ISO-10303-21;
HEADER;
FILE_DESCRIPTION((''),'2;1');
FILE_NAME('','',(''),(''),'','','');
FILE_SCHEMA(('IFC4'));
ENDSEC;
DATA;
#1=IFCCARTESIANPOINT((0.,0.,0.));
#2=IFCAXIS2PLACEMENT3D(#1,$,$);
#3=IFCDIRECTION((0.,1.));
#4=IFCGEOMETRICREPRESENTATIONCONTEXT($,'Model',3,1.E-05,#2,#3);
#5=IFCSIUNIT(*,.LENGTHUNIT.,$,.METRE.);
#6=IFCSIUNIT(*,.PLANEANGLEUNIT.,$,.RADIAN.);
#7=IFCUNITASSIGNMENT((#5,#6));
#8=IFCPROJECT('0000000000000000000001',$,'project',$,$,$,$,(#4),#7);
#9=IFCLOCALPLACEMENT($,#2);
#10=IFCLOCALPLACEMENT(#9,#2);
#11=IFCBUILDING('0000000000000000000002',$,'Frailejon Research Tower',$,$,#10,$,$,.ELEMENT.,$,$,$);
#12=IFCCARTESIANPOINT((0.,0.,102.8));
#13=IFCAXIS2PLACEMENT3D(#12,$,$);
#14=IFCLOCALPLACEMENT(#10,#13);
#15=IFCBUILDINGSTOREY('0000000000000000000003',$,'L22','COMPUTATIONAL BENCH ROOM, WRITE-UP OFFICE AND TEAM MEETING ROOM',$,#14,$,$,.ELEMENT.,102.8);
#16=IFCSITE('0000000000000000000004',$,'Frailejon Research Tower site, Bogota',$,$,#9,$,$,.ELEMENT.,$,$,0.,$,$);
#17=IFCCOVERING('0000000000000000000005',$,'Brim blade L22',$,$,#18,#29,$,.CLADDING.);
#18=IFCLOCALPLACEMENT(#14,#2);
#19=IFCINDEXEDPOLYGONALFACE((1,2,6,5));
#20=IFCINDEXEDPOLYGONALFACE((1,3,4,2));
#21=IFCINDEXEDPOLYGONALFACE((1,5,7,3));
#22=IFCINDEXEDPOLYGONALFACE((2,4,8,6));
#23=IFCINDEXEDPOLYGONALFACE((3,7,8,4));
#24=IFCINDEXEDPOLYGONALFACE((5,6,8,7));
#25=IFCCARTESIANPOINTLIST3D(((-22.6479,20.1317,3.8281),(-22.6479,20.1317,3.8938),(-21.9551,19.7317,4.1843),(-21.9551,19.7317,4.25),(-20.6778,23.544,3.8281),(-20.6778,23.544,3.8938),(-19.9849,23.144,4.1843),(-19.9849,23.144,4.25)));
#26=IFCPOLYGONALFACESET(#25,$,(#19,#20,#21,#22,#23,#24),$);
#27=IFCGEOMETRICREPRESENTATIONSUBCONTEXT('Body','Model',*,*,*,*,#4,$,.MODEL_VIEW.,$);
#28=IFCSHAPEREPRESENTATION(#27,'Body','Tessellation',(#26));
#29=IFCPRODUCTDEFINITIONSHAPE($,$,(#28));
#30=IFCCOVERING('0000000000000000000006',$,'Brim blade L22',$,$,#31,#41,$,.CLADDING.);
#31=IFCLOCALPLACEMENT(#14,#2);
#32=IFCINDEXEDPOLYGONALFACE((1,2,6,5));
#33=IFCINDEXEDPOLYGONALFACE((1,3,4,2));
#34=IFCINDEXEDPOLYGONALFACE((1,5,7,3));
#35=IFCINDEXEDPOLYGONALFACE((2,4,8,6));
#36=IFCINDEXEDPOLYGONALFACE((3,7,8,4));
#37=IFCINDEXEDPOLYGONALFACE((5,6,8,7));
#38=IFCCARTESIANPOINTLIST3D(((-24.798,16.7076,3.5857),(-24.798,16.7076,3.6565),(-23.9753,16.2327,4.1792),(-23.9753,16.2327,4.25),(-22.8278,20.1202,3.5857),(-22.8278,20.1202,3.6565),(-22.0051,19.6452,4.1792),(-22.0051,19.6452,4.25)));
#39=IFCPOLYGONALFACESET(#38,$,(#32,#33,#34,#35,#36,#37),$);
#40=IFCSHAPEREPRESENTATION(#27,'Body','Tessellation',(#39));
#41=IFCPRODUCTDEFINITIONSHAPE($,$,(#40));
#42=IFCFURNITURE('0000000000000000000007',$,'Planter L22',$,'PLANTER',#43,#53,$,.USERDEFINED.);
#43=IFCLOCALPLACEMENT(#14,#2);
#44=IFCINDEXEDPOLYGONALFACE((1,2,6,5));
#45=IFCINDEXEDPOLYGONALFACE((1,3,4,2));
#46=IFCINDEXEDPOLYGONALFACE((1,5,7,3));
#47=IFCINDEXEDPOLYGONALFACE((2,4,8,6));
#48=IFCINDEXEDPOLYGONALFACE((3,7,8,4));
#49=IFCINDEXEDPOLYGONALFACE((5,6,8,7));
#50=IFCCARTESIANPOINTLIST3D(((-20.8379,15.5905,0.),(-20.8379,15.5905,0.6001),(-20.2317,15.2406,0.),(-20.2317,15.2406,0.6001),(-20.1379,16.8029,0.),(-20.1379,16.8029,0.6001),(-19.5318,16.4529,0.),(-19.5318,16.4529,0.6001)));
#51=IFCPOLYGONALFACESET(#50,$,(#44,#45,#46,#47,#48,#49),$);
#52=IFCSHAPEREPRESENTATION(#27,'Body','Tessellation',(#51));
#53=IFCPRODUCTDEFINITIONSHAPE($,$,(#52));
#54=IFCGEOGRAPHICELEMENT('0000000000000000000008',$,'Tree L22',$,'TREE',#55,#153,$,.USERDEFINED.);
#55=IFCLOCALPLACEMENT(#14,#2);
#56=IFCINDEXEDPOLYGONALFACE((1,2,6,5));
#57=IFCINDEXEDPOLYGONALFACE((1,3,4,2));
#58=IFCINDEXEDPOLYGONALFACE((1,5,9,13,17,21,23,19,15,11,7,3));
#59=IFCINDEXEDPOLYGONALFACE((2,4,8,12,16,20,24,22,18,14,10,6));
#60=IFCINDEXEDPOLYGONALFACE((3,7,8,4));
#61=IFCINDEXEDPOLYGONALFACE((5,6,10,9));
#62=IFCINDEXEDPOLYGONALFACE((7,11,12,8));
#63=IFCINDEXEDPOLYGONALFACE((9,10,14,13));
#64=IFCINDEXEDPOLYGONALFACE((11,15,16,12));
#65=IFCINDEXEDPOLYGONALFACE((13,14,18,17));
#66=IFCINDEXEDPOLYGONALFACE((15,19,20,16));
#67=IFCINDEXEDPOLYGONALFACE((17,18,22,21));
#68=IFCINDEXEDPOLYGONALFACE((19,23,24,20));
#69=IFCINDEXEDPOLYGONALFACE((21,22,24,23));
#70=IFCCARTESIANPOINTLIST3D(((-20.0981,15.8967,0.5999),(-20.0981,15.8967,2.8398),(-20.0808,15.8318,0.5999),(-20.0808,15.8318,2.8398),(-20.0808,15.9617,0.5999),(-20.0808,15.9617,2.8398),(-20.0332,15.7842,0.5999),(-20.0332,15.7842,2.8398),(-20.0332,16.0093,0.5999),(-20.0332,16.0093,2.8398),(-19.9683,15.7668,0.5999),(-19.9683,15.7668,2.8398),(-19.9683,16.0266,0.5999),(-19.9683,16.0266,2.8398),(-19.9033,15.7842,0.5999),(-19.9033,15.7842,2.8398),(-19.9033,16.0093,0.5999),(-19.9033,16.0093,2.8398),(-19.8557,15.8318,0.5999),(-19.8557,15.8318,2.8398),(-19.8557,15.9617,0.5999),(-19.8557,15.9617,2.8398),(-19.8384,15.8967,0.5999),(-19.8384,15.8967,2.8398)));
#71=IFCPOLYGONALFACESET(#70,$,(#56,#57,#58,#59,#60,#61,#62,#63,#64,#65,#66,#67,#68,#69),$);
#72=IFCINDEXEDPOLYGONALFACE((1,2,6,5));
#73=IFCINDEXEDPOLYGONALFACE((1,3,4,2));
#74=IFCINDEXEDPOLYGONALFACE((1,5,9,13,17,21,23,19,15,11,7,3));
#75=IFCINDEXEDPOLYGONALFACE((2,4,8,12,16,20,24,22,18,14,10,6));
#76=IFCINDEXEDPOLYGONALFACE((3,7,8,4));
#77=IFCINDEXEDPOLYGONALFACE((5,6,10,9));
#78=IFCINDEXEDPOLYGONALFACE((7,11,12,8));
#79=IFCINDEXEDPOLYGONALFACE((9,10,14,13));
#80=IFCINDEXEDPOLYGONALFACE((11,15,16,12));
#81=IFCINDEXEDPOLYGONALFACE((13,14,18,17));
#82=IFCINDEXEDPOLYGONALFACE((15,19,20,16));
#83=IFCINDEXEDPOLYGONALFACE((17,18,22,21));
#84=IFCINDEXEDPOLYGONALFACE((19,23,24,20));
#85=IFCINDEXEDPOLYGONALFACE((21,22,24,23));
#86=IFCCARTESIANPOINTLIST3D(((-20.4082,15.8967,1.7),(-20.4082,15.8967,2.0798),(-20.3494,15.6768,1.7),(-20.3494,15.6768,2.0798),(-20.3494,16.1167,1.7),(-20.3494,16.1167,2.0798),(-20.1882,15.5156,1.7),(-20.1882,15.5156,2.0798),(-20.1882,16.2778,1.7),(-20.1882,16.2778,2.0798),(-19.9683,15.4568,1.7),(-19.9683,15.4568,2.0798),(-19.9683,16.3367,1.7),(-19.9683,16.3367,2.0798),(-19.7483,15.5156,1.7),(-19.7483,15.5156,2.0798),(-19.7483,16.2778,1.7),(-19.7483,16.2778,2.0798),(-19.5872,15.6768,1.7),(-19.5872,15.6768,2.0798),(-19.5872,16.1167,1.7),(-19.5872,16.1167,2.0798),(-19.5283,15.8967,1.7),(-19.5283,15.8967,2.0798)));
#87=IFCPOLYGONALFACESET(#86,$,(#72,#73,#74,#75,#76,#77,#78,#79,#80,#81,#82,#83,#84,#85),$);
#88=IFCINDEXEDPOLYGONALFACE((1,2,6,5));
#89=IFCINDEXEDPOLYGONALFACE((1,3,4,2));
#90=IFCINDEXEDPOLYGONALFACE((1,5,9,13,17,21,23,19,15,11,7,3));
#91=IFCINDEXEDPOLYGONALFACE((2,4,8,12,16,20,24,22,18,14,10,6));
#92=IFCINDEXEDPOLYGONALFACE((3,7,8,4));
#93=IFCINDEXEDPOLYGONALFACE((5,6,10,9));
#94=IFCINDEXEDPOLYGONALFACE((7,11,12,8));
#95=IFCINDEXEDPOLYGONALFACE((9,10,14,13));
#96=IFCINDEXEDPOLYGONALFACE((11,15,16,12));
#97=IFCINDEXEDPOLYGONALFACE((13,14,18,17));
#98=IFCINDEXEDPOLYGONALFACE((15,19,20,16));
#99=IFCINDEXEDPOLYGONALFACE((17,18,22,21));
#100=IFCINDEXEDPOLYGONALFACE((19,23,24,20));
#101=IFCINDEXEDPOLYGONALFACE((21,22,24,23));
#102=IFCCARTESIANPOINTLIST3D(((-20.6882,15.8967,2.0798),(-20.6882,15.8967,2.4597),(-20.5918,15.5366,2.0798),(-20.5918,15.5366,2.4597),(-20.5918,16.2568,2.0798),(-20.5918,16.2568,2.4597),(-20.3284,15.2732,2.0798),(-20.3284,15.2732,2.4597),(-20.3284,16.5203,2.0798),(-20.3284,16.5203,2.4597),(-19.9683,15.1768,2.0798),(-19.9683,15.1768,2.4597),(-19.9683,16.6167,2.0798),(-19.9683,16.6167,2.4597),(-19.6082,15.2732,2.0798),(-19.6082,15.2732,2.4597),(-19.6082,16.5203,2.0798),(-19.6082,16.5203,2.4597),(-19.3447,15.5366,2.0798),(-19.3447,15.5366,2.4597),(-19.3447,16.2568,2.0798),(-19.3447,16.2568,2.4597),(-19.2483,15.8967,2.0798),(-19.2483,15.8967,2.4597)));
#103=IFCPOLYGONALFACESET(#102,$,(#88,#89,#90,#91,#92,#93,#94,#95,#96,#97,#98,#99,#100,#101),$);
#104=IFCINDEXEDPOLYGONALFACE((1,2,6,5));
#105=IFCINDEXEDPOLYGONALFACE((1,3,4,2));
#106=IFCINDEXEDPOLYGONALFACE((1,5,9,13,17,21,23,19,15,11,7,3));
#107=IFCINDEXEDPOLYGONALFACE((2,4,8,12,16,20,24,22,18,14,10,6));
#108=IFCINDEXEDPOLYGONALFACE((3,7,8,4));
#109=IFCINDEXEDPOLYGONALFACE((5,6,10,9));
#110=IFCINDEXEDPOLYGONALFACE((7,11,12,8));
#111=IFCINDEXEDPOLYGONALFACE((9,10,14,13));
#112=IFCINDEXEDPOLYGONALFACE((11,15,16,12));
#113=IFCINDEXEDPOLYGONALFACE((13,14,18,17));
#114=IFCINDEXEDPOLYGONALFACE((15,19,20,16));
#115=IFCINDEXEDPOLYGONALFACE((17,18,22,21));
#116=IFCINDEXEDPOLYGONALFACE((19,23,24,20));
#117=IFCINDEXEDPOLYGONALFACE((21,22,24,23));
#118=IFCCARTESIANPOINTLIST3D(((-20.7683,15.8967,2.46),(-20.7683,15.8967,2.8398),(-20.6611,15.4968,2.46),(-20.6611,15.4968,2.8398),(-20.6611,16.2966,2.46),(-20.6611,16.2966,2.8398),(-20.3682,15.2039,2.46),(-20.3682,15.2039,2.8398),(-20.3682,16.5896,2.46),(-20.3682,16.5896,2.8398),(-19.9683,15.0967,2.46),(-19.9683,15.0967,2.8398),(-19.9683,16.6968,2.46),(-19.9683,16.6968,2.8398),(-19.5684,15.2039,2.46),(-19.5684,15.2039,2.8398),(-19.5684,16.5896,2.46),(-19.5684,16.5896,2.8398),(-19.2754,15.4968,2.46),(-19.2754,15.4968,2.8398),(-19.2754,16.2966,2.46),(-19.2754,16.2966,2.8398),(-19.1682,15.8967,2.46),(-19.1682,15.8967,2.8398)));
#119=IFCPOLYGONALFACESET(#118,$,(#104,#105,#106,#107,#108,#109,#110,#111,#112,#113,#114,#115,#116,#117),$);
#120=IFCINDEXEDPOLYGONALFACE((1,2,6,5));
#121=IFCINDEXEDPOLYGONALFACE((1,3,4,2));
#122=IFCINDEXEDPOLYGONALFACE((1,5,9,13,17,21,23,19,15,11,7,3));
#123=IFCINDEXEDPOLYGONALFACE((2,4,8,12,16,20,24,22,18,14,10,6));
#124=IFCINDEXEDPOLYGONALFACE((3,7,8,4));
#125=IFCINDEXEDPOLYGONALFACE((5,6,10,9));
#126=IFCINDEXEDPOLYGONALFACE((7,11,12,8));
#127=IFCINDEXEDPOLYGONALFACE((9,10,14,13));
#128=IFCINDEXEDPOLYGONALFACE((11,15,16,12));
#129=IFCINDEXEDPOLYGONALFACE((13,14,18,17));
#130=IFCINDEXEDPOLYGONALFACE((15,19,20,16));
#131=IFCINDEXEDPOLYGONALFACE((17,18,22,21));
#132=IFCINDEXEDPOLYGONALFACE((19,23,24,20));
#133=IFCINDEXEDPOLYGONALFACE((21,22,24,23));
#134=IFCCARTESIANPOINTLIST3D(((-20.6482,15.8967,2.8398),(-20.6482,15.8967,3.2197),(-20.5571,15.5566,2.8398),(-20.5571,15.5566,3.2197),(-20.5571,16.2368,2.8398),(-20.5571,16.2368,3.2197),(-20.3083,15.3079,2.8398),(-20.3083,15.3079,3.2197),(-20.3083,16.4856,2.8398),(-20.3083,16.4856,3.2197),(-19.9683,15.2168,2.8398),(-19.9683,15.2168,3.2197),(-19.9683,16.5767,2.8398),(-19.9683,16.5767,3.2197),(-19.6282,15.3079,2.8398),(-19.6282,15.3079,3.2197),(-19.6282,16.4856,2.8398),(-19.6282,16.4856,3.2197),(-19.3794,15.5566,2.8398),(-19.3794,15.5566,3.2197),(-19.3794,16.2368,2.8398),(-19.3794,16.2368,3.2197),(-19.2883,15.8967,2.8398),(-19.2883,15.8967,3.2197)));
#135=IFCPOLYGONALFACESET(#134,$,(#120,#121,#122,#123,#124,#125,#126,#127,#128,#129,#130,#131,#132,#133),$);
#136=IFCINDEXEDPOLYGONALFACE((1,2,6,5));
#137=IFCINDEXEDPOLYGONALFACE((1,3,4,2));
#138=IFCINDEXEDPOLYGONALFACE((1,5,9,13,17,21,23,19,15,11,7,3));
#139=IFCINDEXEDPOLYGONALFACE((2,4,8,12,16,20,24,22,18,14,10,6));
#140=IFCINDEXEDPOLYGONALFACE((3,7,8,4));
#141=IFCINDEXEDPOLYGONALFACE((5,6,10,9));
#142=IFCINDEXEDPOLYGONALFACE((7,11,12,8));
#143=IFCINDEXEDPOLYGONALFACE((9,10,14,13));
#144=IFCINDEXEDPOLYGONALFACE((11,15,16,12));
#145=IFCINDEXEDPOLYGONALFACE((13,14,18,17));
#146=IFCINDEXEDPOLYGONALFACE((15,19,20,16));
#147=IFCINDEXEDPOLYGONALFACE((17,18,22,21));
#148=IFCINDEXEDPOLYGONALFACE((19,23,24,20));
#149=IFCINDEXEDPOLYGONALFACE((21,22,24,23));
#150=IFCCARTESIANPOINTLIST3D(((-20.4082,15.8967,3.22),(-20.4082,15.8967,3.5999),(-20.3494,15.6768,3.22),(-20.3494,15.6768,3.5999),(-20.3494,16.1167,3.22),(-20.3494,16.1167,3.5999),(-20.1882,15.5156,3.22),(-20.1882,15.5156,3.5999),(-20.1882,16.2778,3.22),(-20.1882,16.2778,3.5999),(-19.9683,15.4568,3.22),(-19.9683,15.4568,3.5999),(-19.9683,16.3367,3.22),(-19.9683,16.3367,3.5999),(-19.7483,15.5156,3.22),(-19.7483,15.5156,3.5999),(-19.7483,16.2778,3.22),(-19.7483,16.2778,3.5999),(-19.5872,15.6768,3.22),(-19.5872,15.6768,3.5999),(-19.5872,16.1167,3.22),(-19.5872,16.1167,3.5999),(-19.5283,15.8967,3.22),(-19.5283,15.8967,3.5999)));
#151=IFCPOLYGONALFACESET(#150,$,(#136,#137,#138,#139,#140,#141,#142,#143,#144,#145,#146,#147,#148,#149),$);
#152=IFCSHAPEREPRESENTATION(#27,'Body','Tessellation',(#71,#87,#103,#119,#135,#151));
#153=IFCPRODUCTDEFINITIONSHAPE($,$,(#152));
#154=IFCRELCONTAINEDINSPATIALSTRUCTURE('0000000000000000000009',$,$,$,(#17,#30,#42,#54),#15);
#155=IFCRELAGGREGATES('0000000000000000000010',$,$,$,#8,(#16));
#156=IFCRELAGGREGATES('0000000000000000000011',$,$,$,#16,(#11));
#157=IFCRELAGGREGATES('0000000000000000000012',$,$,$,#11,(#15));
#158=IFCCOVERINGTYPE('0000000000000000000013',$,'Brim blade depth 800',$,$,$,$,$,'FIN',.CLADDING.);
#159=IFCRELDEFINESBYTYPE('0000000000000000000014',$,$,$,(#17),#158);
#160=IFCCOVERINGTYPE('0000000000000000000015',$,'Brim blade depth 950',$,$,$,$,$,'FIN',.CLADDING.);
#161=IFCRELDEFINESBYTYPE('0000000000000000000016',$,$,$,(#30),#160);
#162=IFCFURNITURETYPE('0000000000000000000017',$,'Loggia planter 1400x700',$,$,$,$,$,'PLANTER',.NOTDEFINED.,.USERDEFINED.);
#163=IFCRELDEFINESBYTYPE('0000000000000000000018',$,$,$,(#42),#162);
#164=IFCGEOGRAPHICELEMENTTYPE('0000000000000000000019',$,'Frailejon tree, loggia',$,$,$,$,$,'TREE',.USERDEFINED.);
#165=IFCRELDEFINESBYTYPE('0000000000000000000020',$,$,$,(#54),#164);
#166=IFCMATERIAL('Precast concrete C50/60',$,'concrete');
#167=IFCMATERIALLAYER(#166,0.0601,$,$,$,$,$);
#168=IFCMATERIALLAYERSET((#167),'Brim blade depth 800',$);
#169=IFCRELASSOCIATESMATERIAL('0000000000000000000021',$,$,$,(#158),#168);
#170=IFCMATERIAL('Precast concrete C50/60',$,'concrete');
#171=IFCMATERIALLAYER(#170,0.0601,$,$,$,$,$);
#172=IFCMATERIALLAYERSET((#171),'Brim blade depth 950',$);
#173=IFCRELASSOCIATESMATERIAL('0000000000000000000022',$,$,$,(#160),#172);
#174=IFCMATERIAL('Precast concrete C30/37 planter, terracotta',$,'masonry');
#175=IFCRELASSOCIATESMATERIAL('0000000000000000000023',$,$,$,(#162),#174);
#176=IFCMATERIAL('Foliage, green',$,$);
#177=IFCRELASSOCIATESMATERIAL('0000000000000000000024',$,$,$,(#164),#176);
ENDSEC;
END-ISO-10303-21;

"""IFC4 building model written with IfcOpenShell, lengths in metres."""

from ifc_helpers import new_model, si_unit, direction, frame, origin, origin_2d, place, context, subcontext, project, spatial, polyline, rectangle, outline, extrude, material, layer, layer_set, type_object, element, save


model = new_model("IFC4")

# Units and contexts
model_context = context("Model", 3, precision=1e-05, world=origin(), true_north=direction((0.0, 1.0)))
body_context = subcontext(model_context, "Body", "Model", "MODEL_VIEW")
ifc_project = project(units=[si_unit("LENGTHUNIT", "METRE"), si_unit("PLANEANGLEUNIT", "RADIAN")], contexts=[model_context])

# Site, building, storey
site_placement = place(None, origin())
site = spatial("IfcSite", under=ifc_project, at=site_placement, Name="Frailejon Research Tower site, Bogota", CompositionType="ELEMENT", RefElevation=0.0)
building_placement = place(site_placement, origin())
building = spatial("IfcBuilding", under=site, at=building_placement, Name="Frailejon Research Tower", CompositionType="ELEMENT")
storey_placement = place(building_placement, frame((0.0, 0.0, 102.8)))
storey = spatial("IfcBuildingStorey", under=building, at=storey_placement, Name="L22", Description="COMPUTATIONAL BENCH ROOM, WRITE-UP OFFICE AND TEAM MEETING ROOM", CompositionType="ELEMENT", Elevation=102.8)

# Coverings
ifc_material_1 = material(Name="Precast concrete C50/60", Category="concrete")
ifc_layer_1 = layer(ifc_material_1, 0.0601)
ifc_layer_set_1 = layer_set([ifc_layer_1], Name="Brim blade depth 800")
covering_type_1 = type_object("IfcCoveringType", Name="Brim blade depth 800", ElementType="FIN", PredefinedType="CLADDING", material=ifc_layer_set_1)
covering_1_placement = place(storey_placement, frame((-21.9551, 19.7317, 4.25), z_axis=(0.50001, 0.86602, 0.0), x_axis=(-0.86602, 0.50001, 0.0)))
element("IfcCovering", 1, at=covering_1_placement, inside=storey, type_object=covering_type_1, Name="Brim blade L22", PredefinedType="CLADDING", context=body_context, shape_type="SweptSolid", body=[
    extrude(outline(polyline([(0.0, -0.0657), (0.8, -0.4219), (0.8, -0.3562), (0.0, 0.0), (0.0, -0.0657)])), origin(), (0.0, 0.0, 1.0), 3.9402),
])
ifc_material_2 = material(Name="Precast concrete C50/60", Category="concrete")
ifc_layer_2 = layer(ifc_material_2, 0.0601)
ifc_layer_set_2 = layer_set([ifc_layer_2], Name="Brim blade depth 950")
covering_type_2 = type_object("IfcCoveringType", Name="Brim blade depth 950", ElementType="FIN", PredefinedType="CLADDING", material=ifc_layer_set_2)
covering_2_placement = place(storey_placement, frame((-23.9753, 16.2327, 4.25), z_axis=(0.499999, 0.866026, 0.0), x_axis=(-0.866026, 0.499999, 0.0)))
element("IfcCovering", 2, at=covering_2_placement, inside=storey, type_object=covering_type_2, Name="Brim blade L22", PredefinedType="CLADDING", context=body_context, shape_type="SweptSolid", body=[
    extrude(outline(polyline([(0.0, -0.0708), (0.95, -0.6643), (0.95, -0.5935), (0.0, 0.0), (0.0, -0.0708)])), origin(), (0.0, 0.0, 1.0), 3.9404),
])

# Furniture
ifc_material_3 = material(Name="Precast concrete C30/37 planter, terracotta", Category="masonry")
furniture_type = type_object("IfcFurnitureType", Name="Loggia planter 1400x700", ElementType="PLANTER", AssemblyPlace="NOTDEFINED", PredefinedType="USERDEFINED", material=ifc_material_3)
furniture_placement = place(storey_placement, frame((-20.1848, 16.0217, 0.0), z_axis=(0.0, 0.0, 1.0), x_axis=(-0.5, -0.866025, 0.0)))
element("IfcFurniture", 3, at=furniture_placement, inside=storey, type_object=furniture_type, Name="Planter L22", ObjectType="PLANTER", PredefinedType="USERDEFINED", context=body_context, shape_type="SweptSolid", body=[
    extrude(rectangle(XDim=1.3999, YDim=0.7, at=origin_2d()), origin(), (0.0, 0.0, 1.0), 0.6001),
])

# Geographic element
ifc_material_4 = material(Name="Foliage, green")
geographic_element_type = type_object("IfcGeographicElementType", Name="Frailejon tree, loggia", ElementType="TREE", PredefinedType="USERDEFINED", material=ifc_material_4)
geographic_element_placement = place(storey_placement, frame((-19.9683, 15.8967, 0.5999)))
element("IfcGeographicElement", 4, at=geographic_element_placement, inside=storey, type_object=geographic_element_type, Name="Tree L22", ObjectType="TREE", PredefinedType="USERDEFINED", context=body_context, shape_type="SweptSolid", body=[
    extrude(outline(polyline([(0.1299, 0.0), (0.1125, 0.0649), (0.0649, 0.1125), (0.0, 0.1299), (-0.0649, 0.1125), (-0.1125, 0.0649), (-0.1299, 0.0), (-0.1125, -0.0649), (-0.0649, -0.1125), (0.0, -0.1299), (0.0649, -0.1125), (0.1125, -0.0649), (0.1299, 0.0)])), origin(), (0.0, 0.0, 1.0), 2.24),
    extrude(outline(polyline([(0.4399, 0.0), (0.3811, 0.22), (0.22, 0.3811), (0.0, 0.4399), (-0.22, 0.3811), (-0.3811, 0.22), (-0.4399, 0.0), (-0.3811, -0.22), (-0.22, -0.3811), (0.0, -0.4399), (0.22, -0.3811), (0.3811, -0.22), (0.4399, 0.0)])), frame((0.0, 0.0, 1.1001)), (0.0, 0.0, 1.0), 0.3799),
    extrude(outline(polyline([(0.72, 0.0), (0.6235, 0.3601), (0.3601, 0.6235), (0.0, 0.72), (-0.3601, 0.6235), (-0.6235, 0.3601), (-0.72, 0.0), (-0.6235, -0.3601), (-0.3601, -0.6235), (0.0, -0.72), (0.3601, -0.6235), (0.6235, -0.3601), (0.72, 0.0)])), frame((0.0, 0.0, 1.48)), (0.0, 0.0, 1.0), 0.3799),
    extrude(outline(polyline([(0.8, 0.0), (0.6929, 0.3999), (0.3999, 0.6929), (0.0, 0.8), (-0.3999, 0.6929), (-0.6929, 0.3999), (-0.8, 0.0), (-0.6929, -0.3999), (-0.3999, -0.6929), (0.0, -0.8), (0.3999, -0.6929), (0.6929, -0.3999), (0.8, 0.0)])), frame((0.0, 0.0, 1.8601)), (0.0, 0.0, 1.0), 0.3799),
    extrude(outline(polyline([(0.6799, 0.0), (0.5889, 0.3401), (0.3401, 0.5889), (0.0, 0.6799), (-0.3401, 0.5889), (-0.5889, 0.3401), (-0.6799, 0.0), (-0.5889, -0.3401), (-0.3401, -0.5889), (0.0, -0.6799), (0.3401, -0.5889), (0.5889, -0.3401), (0.6799, 0.0)])), frame((0.0, 0.0, 2.24)), (0.0, 0.0, 1.0), 0.3799),
    extrude(outline(polyline([(0.4399, 0.0), (0.3811, 0.22), (0.22, 0.3811), (0.0, 0.4399), (-0.22, 0.3811), (-0.3811, 0.22), (-0.4399, 0.0), (-0.3811, -0.22), (-0.22, -0.3811), (0.0, -0.4399), (0.22, -0.3811), (0.3811, -0.22), (0.4399, 0.0)])), frame((0.0, 0.0, 2.6201)), (0.0, 0.0, 1.0), 0.3799),
])

save(model, "model.ifc")
